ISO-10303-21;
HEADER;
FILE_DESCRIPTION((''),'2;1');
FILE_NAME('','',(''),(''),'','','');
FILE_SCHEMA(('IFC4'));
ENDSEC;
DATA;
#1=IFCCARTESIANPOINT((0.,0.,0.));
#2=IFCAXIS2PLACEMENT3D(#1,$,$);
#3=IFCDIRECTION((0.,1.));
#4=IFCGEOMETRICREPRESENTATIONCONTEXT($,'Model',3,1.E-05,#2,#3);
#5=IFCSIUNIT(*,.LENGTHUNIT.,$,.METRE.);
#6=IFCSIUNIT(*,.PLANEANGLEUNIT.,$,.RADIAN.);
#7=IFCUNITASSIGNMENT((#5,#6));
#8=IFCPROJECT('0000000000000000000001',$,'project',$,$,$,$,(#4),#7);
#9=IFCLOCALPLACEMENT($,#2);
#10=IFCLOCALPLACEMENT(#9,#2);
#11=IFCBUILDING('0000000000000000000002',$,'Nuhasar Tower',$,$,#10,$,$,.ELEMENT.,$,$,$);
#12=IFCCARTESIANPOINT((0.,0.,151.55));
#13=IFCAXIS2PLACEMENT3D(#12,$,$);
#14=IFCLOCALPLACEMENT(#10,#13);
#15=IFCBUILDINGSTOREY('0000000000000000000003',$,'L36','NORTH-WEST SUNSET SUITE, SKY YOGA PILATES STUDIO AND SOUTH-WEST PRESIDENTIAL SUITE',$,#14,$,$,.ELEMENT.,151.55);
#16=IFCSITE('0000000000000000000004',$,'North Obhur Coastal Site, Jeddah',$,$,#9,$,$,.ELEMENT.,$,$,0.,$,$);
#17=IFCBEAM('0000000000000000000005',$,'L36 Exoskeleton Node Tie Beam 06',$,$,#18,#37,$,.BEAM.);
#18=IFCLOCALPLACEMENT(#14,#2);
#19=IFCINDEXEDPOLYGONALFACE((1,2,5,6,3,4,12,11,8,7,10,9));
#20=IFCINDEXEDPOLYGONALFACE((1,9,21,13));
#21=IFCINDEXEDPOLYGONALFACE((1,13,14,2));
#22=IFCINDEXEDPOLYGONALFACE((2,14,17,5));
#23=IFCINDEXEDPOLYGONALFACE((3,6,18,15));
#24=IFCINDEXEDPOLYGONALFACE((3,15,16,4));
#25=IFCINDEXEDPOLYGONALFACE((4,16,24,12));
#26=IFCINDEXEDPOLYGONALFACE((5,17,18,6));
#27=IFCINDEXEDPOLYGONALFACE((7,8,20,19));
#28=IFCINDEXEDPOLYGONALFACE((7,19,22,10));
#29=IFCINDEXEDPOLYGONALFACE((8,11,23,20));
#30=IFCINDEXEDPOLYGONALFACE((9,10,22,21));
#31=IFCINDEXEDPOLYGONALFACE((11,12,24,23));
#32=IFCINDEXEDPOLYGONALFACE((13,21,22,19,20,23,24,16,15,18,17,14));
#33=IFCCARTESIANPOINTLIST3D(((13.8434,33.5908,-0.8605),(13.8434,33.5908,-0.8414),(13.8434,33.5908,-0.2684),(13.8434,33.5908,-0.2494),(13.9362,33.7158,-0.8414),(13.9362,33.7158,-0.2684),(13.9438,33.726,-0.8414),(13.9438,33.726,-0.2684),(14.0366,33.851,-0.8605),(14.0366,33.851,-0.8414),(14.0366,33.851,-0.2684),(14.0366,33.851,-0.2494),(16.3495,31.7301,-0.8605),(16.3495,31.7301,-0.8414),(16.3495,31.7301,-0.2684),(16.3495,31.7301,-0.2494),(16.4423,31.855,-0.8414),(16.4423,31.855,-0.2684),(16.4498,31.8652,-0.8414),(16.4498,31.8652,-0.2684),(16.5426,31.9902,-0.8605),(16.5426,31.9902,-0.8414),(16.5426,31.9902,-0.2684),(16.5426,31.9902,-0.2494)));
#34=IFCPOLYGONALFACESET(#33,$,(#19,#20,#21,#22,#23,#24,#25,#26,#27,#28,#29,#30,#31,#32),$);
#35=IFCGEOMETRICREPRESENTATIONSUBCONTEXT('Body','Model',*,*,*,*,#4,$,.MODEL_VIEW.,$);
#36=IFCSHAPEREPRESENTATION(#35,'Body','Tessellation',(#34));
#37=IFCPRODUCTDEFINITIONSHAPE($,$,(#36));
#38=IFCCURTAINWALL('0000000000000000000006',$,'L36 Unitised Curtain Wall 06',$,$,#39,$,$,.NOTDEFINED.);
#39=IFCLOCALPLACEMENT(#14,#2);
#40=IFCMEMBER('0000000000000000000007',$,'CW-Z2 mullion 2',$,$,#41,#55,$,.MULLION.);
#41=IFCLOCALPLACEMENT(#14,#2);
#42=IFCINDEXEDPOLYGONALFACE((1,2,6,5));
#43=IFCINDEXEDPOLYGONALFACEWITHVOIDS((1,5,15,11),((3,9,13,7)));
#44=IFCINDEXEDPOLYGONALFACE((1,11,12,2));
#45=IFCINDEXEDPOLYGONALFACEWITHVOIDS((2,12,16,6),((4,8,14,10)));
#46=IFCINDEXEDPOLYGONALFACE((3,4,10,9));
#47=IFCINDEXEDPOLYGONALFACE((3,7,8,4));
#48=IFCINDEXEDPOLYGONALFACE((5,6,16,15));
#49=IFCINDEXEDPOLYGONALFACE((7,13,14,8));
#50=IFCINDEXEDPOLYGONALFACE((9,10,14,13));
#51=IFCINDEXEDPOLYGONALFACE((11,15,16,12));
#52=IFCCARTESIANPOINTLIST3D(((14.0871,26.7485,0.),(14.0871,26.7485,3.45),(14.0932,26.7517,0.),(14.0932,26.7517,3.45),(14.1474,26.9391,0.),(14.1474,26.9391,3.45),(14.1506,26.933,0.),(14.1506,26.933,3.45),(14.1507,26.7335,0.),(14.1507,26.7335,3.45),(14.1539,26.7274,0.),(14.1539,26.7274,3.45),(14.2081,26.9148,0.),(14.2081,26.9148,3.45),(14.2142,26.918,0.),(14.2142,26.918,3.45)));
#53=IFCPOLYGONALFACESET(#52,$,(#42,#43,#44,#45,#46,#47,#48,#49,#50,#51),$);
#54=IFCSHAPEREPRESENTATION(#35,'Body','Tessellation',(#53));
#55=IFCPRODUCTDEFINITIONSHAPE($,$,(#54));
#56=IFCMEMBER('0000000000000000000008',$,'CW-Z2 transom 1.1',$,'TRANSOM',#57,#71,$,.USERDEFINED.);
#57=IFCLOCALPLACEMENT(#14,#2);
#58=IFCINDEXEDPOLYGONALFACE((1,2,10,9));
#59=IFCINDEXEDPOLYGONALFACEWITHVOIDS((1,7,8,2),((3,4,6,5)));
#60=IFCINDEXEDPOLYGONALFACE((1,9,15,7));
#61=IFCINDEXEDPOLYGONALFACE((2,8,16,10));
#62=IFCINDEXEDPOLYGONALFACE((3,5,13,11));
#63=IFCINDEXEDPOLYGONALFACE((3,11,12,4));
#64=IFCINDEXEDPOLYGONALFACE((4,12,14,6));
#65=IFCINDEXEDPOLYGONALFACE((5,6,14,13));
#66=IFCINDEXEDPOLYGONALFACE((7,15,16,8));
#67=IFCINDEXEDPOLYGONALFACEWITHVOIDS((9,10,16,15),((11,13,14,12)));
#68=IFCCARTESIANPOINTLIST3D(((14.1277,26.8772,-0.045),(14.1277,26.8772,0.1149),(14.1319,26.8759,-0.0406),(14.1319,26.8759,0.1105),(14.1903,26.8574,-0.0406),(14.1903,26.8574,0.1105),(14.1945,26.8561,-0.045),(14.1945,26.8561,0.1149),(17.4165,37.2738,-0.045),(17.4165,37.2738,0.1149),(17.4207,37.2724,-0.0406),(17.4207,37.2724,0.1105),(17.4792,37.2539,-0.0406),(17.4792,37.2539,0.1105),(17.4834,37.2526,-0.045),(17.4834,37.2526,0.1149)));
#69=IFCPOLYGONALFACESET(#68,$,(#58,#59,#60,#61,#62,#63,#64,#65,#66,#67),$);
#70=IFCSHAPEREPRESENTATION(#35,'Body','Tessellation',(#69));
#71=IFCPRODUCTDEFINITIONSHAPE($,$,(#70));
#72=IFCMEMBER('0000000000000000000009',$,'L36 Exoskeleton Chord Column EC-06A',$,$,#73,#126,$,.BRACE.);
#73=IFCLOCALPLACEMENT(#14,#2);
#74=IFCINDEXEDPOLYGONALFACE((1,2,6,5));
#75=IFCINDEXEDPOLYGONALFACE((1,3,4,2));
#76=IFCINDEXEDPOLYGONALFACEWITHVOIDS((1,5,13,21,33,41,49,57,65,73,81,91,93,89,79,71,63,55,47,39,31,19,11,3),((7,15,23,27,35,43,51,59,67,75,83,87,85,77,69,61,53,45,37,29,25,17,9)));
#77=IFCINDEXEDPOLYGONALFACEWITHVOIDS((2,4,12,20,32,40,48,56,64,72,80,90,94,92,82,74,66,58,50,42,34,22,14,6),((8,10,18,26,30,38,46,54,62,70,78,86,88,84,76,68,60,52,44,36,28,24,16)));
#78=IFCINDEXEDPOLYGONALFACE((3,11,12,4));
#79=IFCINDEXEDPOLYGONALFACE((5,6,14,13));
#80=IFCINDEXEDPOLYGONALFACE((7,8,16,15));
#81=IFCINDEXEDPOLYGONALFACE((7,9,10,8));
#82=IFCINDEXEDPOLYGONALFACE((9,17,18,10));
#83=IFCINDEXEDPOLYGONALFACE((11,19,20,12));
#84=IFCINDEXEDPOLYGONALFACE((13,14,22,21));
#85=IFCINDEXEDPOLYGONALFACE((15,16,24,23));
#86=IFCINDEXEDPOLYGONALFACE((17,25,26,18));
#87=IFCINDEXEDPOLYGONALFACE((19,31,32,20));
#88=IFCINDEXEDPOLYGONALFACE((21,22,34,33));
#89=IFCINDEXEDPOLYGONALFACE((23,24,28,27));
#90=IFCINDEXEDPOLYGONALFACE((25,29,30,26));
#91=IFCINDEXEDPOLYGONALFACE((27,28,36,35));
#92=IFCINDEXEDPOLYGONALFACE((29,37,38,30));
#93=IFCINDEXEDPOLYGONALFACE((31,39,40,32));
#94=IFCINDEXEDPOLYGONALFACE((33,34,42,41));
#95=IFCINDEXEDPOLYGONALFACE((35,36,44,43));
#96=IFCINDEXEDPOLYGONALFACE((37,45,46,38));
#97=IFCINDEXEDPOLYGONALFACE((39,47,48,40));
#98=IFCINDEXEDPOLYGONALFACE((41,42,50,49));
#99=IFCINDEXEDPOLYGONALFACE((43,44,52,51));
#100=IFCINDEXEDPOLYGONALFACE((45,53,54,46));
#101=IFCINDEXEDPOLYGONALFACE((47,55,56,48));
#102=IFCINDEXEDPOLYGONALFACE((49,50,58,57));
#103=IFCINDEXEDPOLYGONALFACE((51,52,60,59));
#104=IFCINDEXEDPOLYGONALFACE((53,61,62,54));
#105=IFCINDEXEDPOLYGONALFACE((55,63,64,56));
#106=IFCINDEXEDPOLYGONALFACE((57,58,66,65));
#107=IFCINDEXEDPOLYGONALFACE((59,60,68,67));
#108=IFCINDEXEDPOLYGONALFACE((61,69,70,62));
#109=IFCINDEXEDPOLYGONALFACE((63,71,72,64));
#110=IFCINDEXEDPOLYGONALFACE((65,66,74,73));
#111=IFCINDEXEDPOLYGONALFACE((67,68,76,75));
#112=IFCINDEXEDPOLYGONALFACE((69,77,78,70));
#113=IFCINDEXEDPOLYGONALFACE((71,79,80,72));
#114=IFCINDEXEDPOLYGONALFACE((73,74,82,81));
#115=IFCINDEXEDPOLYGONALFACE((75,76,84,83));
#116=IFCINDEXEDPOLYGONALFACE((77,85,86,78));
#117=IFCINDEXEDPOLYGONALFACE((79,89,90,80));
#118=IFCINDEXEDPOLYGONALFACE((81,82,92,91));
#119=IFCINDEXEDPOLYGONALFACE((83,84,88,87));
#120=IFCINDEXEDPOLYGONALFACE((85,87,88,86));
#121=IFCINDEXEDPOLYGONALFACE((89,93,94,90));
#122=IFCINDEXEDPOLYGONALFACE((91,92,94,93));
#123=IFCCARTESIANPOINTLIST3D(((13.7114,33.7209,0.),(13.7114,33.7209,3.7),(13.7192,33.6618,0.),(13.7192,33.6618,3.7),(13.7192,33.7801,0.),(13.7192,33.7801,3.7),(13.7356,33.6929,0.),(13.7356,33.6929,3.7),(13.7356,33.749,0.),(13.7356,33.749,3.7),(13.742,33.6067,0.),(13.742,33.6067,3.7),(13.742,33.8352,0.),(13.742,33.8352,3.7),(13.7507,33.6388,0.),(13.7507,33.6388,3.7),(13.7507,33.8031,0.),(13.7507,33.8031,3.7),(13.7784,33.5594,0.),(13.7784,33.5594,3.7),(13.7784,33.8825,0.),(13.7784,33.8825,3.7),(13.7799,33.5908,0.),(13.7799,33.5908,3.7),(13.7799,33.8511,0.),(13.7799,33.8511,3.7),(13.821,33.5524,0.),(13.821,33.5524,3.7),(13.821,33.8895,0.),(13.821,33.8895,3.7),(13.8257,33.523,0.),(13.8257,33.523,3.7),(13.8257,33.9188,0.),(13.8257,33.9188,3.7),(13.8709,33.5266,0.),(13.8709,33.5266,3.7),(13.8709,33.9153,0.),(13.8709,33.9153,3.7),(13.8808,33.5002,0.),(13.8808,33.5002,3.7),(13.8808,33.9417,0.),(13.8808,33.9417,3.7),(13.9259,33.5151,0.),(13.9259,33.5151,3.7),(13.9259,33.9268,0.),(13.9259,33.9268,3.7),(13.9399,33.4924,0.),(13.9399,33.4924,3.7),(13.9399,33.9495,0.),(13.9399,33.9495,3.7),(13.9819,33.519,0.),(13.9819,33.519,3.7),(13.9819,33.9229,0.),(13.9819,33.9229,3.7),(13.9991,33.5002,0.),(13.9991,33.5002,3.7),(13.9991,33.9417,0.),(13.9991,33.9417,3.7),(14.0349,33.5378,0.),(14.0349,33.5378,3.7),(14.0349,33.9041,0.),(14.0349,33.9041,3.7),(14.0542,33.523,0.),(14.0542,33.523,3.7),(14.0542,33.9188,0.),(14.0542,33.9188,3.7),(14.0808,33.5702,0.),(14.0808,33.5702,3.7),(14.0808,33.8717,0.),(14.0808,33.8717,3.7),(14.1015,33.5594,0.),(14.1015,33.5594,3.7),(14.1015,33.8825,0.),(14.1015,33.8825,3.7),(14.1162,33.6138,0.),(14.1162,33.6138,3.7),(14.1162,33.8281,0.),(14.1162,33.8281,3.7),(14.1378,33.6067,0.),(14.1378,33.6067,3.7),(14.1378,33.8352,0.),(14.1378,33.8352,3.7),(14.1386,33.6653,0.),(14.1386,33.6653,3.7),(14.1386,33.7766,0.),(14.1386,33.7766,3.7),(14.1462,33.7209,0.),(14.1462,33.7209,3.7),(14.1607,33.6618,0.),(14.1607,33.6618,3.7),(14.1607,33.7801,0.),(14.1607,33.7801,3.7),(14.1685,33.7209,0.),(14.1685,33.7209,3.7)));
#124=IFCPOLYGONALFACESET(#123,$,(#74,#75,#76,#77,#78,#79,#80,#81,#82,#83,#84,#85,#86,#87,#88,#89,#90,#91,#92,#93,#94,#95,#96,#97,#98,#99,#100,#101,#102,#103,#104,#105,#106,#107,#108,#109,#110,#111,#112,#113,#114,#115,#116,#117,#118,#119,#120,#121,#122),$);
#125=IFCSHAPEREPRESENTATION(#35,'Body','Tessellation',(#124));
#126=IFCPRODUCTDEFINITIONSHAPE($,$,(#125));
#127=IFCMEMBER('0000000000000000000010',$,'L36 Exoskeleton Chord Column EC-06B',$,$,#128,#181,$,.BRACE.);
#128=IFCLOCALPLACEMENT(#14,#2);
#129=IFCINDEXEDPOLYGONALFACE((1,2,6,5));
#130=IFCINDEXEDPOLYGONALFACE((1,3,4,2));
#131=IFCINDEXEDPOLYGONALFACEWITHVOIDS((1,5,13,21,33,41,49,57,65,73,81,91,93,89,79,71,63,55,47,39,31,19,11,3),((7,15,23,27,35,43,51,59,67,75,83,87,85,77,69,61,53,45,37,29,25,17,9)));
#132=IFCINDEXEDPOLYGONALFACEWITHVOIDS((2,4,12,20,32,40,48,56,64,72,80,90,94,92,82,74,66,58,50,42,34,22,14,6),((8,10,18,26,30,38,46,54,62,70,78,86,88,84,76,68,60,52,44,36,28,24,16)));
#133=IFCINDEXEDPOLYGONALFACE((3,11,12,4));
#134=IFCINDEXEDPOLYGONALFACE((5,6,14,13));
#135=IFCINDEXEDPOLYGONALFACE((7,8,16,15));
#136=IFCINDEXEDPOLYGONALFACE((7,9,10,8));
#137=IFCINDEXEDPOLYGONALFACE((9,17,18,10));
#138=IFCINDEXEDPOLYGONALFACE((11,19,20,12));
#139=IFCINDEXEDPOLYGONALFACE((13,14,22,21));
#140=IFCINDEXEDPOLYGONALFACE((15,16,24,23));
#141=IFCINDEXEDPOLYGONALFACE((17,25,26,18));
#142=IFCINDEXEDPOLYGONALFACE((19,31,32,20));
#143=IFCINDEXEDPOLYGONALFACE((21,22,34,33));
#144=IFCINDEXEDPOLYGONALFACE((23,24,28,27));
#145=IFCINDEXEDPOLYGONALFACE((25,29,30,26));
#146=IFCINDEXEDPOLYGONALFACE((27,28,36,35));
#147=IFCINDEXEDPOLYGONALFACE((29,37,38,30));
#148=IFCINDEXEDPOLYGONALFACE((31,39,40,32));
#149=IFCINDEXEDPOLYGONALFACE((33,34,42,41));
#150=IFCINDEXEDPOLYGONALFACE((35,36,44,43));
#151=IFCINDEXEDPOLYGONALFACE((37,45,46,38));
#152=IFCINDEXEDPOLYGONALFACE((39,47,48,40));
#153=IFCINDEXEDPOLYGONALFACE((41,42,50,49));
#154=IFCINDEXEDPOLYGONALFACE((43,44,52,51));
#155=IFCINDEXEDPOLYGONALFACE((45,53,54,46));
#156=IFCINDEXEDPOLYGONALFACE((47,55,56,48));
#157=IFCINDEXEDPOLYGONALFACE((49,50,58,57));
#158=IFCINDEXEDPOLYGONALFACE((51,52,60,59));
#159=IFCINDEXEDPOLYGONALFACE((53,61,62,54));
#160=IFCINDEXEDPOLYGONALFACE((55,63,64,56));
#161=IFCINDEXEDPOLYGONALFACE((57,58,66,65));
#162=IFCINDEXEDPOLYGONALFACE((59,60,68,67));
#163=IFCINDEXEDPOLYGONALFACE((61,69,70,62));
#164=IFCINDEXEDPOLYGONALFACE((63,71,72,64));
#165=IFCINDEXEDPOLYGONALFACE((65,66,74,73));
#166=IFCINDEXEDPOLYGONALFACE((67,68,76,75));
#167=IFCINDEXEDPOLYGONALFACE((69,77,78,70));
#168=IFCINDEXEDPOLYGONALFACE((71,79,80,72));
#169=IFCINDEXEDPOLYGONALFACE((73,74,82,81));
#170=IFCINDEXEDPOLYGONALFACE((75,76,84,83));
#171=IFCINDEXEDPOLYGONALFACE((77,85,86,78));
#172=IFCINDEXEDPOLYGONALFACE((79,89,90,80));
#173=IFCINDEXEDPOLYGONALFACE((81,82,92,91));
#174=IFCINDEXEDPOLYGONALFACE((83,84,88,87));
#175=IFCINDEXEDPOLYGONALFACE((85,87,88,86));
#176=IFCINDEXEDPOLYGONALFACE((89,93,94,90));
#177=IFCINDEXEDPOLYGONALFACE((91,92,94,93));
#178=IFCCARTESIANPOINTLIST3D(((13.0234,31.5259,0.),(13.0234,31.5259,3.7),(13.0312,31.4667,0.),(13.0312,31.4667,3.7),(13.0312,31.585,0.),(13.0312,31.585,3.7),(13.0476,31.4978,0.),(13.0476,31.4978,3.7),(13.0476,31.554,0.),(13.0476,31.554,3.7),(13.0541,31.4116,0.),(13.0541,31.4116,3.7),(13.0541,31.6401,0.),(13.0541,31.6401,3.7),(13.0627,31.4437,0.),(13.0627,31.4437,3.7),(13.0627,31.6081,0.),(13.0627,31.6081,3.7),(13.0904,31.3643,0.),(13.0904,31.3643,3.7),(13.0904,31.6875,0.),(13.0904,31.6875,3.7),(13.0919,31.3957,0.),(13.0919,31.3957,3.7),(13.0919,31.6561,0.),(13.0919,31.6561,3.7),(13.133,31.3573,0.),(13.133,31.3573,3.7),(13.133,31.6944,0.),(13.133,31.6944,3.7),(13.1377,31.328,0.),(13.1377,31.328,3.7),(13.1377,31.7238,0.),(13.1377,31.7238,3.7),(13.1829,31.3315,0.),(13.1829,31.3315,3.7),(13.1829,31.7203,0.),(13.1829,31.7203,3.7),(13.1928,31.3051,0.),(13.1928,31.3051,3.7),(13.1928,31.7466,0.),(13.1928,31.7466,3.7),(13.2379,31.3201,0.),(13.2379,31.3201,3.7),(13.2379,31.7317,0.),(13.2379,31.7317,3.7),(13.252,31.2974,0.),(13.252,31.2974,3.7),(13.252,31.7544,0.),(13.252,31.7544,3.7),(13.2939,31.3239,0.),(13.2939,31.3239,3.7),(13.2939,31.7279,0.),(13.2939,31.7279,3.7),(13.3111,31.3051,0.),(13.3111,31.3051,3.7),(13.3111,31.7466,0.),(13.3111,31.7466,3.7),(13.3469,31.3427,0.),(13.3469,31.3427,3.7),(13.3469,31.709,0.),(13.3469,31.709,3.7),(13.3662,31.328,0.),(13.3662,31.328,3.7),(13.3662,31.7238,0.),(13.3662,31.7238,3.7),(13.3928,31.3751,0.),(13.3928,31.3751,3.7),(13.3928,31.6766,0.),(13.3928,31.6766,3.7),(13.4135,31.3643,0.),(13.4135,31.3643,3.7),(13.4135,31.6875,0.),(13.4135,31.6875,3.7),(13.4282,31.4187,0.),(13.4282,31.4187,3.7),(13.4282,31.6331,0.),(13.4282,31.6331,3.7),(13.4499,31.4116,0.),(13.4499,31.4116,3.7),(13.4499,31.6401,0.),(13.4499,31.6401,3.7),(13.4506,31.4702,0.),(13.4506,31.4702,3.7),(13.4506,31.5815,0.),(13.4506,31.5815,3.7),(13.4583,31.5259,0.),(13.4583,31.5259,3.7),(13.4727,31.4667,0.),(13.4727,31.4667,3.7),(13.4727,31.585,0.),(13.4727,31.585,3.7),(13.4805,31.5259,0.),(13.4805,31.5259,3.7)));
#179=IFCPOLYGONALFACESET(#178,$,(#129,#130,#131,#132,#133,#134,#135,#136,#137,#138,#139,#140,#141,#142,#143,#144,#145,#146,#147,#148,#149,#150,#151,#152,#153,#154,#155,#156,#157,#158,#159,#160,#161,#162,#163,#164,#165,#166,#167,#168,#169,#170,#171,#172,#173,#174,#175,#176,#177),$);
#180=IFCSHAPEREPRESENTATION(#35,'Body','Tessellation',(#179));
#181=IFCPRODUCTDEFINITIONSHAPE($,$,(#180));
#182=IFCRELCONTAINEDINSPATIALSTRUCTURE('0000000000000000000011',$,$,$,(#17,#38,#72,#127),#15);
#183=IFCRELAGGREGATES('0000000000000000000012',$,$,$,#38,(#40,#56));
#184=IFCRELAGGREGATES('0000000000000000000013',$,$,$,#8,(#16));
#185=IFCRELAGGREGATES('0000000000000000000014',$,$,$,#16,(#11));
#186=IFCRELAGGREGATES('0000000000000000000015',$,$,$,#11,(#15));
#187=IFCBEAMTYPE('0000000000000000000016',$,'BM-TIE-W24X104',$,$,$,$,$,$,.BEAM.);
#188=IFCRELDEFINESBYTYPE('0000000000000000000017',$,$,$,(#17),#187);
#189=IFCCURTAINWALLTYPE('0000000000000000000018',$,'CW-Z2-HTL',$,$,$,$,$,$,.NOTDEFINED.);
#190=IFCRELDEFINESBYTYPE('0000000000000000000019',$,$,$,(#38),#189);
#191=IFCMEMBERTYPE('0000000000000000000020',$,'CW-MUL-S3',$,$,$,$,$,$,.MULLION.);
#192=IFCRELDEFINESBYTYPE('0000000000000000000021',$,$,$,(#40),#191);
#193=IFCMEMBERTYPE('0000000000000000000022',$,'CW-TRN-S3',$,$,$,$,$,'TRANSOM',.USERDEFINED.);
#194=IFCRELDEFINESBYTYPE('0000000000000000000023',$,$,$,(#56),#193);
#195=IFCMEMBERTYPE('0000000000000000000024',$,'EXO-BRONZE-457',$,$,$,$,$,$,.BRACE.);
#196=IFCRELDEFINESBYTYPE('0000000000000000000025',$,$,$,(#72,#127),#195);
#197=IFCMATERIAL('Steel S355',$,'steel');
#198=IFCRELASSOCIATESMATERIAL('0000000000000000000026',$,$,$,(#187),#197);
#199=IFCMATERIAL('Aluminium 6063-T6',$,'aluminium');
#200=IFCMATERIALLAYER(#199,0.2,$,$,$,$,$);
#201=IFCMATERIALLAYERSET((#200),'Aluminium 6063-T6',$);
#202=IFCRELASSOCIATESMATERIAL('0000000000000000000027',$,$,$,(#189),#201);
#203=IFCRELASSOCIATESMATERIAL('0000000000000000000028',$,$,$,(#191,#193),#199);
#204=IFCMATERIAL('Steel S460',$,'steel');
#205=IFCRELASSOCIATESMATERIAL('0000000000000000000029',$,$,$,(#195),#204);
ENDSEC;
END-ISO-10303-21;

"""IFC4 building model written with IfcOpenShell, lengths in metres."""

from ifc_helpers import new_model, si_unit, direction, frame, origin, origin_2d, place, context, subcontext, project, spatial, hollow_rectangle, hollow_circle, i_section, extrude, material, layer, layer_set, material_profile, profile_set, type_object, element, aggregate, save


model = new_model("IFC4")

# Units and contexts
model_context = context("Model", 3, precision=1e-05, world=origin(), true_north=direction((0.0, 1.0)))
body_context = subcontext(model_context, "Body", "Model", "MODEL_VIEW")
ifc_project = project(units=[si_unit("LENGTHUNIT", "METRE"), si_unit("PLANEANGLEUNIT", "RADIAN")], contexts=[model_context])

# Site, building, storey
site_placement = place(None, origin())
site = spatial("IfcSite", under=ifc_project, at=site_placement, Name="North Obhur Coastal Site, Jeddah", CompositionType="ELEMENT", RefElevation=0.0)
building_placement = place(site_placement, origin())
building = spatial("IfcBuilding", under=site, at=building_placement, Name="Nuhasar Tower", CompositionType="ELEMENT")
storey_placement = place(building_placement, frame((0.0, 0.0, 151.55)))
storey = spatial("IfcBuildingStorey", under=building, at=storey_placement, Name="L36", Description="NORTH-WEST SUNSET SUITE, SKY YOGA PILATES STUDIO AND SOUTH-WEST PRESIDENTIAL SUITE", CompositionType="ELEMENT", Elevation=151.55)

# Beam
ifc_material_1 = material(Name="Steel S355", Category="steel")
ifc_material_profile_1 = material_profile(ifc_material_1, i_section(OverallWidth=0.324, OverallDepth=0.6111, WebThickness=0.0127, FlangeThickness=0.019, at=origin_2d()), Name="W24X104")
ifc_profile_set_1 = profile_set([ifc_material_profile_1], Name="Steel S355")
beam_type_1 = type_object("IfcBeamType", Name="BM-TIE-W24X104", PredefinedType="BEAM", material=ifc_profile_set_1)
beam_1_placement = place(storey_placement, frame((16.446, 31.8601, -0.5549), z_axis=(-0.802872, 0.596151, 0.0), x_axis=(-0.596151, -0.802872, 0.0)))
element("IfcBeam", 1, at=beam_1_placement, inside=storey, type_object=beam_type_1, Name="L36 Exoskeleton Node Tie Beam 06", PredefinedType="BEAM", context=body_context, shape_type="SweptSolid", body=[
    extrude(i_section(OverallWidth=0.324, OverallDepth=0.6111, WebThickness=0.0127, FlangeThickness=0.019, at=origin_2d()), origin(), (0.0, 0.0, 1.0), 3.1213),
])

# Curtain wall, members
ifc_material_2 = material(Name="Aluminium 6063-T6", Category="aluminium")
ifc_layer_1 = layer(ifc_material_2, 0.2)
ifc_layer_set_1 = layer_set([ifc_layer_1], Name="Aluminium 6063-T6")
curtain_wall_type = type_object("IfcCurtainWallType", Name="CW-Z2-HTL", PredefinedType="NOTDEFINED", material=ifc_layer_set_1)
curtain_wall_placement = place(storey_placement, origin())
curtain_wall = element("IfcCurtainWall", 2, at=curtain_wall_placement, inside=storey, type_object=curtain_wall_type, Name="L36 Unitised Curtain Wall 06", PredefinedType="NOTDEFINED")
ifc_material_profile_2 = material_profile(ifc_material_2, hollow_rectangle(XDim=0.0701, YDim=0.2, WallThickness=0.0049, at=origin_2d()), Name="CWM-3")
ifc_profile_set_2 = profile_set([ifc_material_profile_2], Name="Aluminium 6063-T6")
member_type_1 = type_object("IfcMemberType", Name="CW-MUL-S3", PredefinedType="MULLION", material=ifc_profile_set_2)
member_1_placement = place(storey_placement, frame((14.1506, 26.8333, 0.0), z_axis=(0.0, 0.0, 1.0), x_axis=(0.953433, -0.301604, 0.0)))
member_1 = element("IfcMember", 3, at=member_1_placement, type_object=member_type_1, Name="CW-Z2 mullion 2", PredefinedType="MULLION", context=body_context, shape_type="SweptSolid", body=[
    extrude(hollow_rectangle(XDim=0.0701, YDim=0.2, WallThickness=0.0049, at=origin_2d()), origin(), (0.0, 0.0, 1.0), 3.45),
])
ifc_material_profile_3 = material_profile(ifc_material_2, hollow_rectangle(XDim=0.0701, YDim=0.1599, WallThickness=0.0044, at=origin_2d()), Name="CWT-3")
ifc_profile_set_3 = profile_set([ifc_material_profile_3], Name="Aluminium 6063-T6")
member_type_2 = type_object("IfcMemberType", Name="CW-TRN-S3", ElementType="TRANSOM", PredefinedType="USERDEFINED", material=ifc_profile_set_3)
member_2_placement = place(storey_placement, frame((17.45, 37.2632, 0.0349), z_axis=(-0.301608, -0.953432, 0.0), x_axis=(0.953432, -0.301608, 0.0)))
member_2 = element("IfcMember", 4, at=member_2_placement, type_object=member_type_2, Name="CW-Z2 transom 1.1", ObjectType="TRANSOM", PredefinedType="USERDEFINED", context=body_context, shape_type="SweptSolid", body=[
    extrude(hollow_rectangle(XDim=0.0701, YDim=0.1599, WallThickness=0.0044, at=origin_2d()), origin(), (0.0, 0.0, 1.0), 10.9043),
])

# Members
ifc_material_3 = material(Name="Steel S460", Category="steel")
ifc_material_profile_4 = material_profile(ifc_material_3, hollow_circle(Radius=0.2285, WallThickness=0.0222, at=origin_2d()), Name="HSS457X22.2")
ifc_profile_set_4 = profile_set([ifc_material_profile_4], Name="Steel S460")
member_type_3 = type_object("IfcMemberType", Name="EXO-BRONZE-457", PredefinedType="BRACE", material=ifc_profile_set_4)
for number, where, z_axis, x_axis, name in (
    (5, (13.9399, 33.7209, 0.0), (0.0, 0.0, 1.0), (1.0, 0.0, 0.0), "L36 Exoskeleton Chord Column EC-06A"),
    (6, (13.252, 31.5259, 0.0), (0.0, 0.0, 1.0), (1.0, 0.0, 0.0), "L36 Exoskeleton Chord Column EC-06B"),
):
    element("IfcMember", number, at=place(storey_placement, frame(where, z_axis=z_axis, x_axis=x_axis)), inside=storey, type_object=member_type_3, Name=name, PredefinedType="BRACE", context=body_context, shape_type="SweptSolid", body=[
        extrude(hollow_circle(Radius=0.2285, WallThickness=0.0222, at=origin_2d()), origin(), (0.0, 0.0, 1.0), 3.7),
    ])

aggregate(curtain_wall, [member_1, member_2])

save(model, "model.ifc")
